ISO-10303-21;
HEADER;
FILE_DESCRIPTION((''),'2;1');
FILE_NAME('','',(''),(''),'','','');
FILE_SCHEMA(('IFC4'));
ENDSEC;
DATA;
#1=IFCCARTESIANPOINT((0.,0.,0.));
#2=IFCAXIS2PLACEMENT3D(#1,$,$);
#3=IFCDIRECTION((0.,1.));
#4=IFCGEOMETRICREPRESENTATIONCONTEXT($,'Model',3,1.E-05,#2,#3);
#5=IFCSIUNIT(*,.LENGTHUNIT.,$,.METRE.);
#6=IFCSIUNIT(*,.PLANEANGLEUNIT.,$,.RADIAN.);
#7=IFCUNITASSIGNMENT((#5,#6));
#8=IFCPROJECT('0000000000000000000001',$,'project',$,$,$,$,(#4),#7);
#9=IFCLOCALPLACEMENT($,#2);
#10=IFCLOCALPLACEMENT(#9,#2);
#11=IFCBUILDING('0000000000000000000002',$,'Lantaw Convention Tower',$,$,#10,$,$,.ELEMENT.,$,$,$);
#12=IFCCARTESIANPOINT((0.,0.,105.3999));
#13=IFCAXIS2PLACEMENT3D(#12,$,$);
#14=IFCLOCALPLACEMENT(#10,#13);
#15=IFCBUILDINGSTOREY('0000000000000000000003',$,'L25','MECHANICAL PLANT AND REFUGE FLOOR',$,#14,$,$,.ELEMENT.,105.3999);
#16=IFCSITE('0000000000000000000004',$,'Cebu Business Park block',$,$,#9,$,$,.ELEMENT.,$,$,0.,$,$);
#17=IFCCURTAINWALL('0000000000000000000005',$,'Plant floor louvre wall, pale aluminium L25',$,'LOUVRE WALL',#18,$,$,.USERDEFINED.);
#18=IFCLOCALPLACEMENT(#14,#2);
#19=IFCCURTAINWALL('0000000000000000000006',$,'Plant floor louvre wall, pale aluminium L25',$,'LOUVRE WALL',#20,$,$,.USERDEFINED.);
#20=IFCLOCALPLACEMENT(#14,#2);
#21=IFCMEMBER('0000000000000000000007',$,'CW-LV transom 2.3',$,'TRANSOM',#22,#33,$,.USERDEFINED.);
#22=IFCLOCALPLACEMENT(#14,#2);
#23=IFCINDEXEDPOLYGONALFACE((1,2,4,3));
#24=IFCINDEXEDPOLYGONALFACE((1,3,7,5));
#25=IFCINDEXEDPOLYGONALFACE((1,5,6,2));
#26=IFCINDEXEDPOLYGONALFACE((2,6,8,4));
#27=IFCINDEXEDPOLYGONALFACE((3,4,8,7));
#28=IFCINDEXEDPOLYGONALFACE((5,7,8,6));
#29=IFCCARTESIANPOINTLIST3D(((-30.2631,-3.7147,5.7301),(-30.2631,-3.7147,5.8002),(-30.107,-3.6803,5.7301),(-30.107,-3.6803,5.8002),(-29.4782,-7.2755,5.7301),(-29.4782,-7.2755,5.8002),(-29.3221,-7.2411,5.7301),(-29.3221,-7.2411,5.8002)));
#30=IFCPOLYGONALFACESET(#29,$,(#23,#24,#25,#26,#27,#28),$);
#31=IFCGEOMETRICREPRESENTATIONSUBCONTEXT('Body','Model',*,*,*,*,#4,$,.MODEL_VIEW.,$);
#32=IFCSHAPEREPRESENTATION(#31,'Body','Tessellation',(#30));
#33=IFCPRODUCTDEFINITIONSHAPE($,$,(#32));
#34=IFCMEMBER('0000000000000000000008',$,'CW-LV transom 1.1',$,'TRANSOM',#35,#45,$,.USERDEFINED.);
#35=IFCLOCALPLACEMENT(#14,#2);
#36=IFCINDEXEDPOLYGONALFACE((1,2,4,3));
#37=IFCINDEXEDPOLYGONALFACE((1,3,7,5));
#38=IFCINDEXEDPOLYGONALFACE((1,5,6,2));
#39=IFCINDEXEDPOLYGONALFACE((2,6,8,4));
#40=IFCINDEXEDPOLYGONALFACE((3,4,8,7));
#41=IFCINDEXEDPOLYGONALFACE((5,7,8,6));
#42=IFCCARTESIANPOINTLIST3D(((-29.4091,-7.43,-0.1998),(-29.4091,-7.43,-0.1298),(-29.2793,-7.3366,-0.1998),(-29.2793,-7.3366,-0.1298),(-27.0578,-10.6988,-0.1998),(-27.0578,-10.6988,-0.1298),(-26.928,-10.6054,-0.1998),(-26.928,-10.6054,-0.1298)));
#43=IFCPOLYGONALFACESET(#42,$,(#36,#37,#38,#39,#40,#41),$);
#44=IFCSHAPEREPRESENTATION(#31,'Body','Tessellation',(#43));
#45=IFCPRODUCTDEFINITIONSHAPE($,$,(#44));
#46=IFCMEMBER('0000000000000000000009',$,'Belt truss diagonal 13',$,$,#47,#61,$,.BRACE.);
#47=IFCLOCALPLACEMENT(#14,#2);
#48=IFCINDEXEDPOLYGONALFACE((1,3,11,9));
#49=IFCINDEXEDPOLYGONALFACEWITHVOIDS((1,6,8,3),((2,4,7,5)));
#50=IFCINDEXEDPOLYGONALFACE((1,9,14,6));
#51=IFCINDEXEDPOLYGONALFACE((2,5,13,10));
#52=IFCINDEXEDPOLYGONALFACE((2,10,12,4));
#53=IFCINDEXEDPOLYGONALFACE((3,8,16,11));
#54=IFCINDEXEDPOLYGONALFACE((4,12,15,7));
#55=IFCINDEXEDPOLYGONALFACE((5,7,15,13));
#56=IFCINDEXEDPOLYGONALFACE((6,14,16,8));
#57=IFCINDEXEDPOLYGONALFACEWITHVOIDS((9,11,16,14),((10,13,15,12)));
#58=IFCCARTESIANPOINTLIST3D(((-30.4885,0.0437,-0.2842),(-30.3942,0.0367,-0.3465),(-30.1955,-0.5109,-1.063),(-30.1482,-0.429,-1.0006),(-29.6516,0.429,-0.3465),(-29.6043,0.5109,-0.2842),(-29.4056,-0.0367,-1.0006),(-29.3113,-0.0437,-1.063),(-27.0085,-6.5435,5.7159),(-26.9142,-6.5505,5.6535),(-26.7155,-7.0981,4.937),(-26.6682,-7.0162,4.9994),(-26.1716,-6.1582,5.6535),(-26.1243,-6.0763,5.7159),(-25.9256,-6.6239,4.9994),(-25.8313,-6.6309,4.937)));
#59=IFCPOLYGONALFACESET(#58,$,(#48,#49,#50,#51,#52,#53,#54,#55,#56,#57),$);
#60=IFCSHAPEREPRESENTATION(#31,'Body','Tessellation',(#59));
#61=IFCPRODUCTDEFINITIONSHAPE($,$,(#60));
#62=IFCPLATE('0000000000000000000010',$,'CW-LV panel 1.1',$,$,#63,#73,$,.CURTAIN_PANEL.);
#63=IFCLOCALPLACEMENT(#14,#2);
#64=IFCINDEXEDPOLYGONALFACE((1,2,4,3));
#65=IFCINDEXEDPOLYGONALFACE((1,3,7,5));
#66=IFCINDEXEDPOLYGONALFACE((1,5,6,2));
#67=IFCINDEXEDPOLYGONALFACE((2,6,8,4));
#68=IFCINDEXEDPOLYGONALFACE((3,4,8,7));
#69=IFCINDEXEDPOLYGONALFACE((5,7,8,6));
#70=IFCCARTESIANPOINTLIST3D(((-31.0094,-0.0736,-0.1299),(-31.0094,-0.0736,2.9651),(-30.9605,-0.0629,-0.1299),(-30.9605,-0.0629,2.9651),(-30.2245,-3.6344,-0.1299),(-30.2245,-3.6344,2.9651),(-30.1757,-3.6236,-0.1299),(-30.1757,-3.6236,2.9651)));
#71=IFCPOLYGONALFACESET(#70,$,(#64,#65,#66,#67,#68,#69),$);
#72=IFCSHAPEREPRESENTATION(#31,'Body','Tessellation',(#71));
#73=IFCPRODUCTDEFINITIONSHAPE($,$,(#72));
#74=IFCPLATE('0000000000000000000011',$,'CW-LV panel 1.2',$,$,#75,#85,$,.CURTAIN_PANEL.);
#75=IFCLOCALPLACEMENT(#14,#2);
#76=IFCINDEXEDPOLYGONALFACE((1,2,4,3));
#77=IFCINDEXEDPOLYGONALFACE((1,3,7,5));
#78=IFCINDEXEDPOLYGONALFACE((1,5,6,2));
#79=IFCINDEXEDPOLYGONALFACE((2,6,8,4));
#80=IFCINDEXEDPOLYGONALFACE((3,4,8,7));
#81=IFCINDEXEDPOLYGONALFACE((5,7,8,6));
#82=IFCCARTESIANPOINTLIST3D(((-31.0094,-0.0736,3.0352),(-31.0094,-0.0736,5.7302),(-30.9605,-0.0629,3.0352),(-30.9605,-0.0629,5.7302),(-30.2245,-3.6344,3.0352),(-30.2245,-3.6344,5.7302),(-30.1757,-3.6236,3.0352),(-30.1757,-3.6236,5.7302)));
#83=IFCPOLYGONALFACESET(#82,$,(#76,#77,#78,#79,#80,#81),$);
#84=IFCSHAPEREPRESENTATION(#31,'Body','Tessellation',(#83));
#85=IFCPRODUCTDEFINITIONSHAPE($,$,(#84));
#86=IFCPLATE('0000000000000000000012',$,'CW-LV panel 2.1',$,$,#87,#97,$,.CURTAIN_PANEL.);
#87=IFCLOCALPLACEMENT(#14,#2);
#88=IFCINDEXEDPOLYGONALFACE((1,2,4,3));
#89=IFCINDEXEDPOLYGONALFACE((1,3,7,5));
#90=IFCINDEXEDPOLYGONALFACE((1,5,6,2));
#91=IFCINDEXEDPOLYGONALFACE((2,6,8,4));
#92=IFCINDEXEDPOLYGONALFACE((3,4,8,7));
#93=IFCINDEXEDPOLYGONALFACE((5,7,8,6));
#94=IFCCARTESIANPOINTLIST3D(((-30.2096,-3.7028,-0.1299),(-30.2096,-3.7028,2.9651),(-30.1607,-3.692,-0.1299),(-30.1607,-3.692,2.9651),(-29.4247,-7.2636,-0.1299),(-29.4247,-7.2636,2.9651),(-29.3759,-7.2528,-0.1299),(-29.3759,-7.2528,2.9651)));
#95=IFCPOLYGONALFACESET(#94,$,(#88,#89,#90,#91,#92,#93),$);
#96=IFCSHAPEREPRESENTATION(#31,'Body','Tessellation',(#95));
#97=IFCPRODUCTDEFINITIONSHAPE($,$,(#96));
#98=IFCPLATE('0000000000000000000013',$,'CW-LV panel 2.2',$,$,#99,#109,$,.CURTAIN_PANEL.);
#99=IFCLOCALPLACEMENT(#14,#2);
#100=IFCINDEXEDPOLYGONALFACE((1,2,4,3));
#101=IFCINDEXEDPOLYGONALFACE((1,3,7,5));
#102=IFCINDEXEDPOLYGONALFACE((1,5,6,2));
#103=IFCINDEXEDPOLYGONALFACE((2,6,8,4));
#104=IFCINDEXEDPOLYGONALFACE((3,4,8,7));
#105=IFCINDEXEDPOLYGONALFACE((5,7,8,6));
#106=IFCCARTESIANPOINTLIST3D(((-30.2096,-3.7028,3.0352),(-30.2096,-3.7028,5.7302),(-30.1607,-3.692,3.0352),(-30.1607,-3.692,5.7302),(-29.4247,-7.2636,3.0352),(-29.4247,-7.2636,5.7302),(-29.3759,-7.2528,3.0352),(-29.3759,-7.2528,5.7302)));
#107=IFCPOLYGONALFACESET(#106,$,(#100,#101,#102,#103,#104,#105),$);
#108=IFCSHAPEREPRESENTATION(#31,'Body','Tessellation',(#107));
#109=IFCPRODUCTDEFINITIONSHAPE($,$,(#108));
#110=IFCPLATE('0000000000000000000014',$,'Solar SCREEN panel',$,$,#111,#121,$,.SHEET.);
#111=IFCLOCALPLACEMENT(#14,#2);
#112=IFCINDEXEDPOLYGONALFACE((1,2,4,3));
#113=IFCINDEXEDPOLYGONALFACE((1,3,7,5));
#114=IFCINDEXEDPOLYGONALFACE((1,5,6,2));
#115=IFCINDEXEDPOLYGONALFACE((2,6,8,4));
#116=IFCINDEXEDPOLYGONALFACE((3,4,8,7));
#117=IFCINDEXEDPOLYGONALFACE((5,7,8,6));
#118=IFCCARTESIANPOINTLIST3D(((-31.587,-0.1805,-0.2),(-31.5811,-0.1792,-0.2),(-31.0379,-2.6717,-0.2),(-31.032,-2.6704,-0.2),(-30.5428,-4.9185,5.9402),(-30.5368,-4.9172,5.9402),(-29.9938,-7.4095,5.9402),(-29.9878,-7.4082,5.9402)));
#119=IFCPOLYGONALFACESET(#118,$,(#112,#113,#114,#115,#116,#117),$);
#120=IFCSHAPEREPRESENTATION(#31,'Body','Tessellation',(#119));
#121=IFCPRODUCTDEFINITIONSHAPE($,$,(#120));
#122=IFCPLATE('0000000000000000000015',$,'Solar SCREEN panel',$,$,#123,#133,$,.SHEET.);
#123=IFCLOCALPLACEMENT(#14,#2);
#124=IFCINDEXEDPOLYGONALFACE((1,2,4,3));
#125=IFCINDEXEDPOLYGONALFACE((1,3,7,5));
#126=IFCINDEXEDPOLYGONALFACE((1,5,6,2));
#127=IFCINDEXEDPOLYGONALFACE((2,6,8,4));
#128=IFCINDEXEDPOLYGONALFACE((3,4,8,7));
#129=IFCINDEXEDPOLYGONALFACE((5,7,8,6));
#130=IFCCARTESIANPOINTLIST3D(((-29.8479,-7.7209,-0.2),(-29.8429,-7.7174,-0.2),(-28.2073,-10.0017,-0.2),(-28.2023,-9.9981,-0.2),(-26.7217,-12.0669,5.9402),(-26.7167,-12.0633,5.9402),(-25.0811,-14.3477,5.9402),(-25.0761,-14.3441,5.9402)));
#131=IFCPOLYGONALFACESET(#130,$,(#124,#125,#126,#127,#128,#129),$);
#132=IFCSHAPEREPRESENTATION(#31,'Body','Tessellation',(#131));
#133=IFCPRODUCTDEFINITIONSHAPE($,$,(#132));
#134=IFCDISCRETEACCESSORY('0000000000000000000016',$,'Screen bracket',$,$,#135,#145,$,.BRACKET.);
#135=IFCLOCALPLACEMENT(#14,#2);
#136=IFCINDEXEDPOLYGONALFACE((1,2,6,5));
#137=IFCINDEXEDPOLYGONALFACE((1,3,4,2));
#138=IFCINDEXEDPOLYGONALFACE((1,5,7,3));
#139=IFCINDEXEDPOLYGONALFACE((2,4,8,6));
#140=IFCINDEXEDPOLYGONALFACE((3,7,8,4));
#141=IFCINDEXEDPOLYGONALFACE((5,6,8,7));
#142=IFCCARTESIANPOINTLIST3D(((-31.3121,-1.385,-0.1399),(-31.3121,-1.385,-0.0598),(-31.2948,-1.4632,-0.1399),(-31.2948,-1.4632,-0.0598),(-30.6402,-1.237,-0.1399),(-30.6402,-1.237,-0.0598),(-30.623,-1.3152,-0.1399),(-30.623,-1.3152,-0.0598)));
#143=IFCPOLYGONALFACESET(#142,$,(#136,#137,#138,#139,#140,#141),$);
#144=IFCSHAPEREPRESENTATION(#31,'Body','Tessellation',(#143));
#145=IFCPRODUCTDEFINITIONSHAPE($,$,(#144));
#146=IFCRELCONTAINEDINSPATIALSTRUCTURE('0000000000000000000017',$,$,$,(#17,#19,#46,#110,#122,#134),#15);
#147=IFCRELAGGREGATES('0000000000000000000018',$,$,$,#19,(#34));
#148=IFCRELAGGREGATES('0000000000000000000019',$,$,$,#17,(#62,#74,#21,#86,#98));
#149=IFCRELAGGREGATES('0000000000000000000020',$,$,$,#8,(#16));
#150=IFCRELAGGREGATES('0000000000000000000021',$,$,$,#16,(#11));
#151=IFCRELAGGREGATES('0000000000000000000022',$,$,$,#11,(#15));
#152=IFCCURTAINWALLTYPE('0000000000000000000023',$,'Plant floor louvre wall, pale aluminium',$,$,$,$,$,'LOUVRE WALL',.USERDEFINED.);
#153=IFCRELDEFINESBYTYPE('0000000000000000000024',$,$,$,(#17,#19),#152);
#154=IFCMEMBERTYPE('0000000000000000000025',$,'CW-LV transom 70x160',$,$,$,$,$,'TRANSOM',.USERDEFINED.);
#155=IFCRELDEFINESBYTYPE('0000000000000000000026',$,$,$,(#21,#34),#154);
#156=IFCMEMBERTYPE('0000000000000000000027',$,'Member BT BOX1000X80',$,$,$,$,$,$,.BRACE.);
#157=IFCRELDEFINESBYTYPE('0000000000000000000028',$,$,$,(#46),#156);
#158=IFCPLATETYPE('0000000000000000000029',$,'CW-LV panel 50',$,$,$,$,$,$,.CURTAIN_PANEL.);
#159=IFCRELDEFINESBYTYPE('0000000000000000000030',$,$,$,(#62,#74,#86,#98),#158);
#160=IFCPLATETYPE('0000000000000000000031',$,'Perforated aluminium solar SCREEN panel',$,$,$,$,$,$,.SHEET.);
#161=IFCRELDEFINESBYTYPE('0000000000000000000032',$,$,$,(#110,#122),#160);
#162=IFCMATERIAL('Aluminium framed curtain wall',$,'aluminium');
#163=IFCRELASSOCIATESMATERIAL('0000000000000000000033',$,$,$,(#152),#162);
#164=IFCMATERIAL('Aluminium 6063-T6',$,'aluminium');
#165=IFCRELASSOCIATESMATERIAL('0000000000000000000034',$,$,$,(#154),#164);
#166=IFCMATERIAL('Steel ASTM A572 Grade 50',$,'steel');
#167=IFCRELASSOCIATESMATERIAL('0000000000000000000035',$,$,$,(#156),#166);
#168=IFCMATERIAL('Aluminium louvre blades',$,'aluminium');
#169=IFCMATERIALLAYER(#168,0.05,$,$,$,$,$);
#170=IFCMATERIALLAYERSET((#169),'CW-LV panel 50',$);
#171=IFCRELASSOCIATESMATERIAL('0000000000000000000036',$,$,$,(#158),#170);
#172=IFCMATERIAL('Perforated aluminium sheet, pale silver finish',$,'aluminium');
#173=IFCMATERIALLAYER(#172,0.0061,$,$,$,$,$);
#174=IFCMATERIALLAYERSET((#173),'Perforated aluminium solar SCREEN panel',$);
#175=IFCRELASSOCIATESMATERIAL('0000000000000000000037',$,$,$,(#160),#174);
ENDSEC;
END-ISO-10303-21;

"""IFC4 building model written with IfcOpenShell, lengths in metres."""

from ifc_helpers import new_model, si_unit, direction, frame, origin, origin_2d, place, context, subcontext, project, spatial, polyline, rectangle, hollow_rectangle, outline, extrude, material, layer, layer_set, material_profile, profile_set, type_object, element, aggregate, save


model = new_model("IFC4")

# Units and contexts
model_context = context("Model", 3, precision=1e-05, world=origin(), true_north=direction((0.0, 1.0)))
body_context = subcontext(model_context, "Body", "Model", "MODEL_VIEW")
ifc_project = project(units=[si_unit("LENGTHUNIT", "METRE"), si_unit("PLANEANGLEUNIT", "RADIAN")], contexts=[model_context])

# Site, building, storey
site_placement = place(None, origin())
site = spatial("IfcSite", under=ifc_project, at=site_placement, Name="Cebu Business Park block", CompositionType="ELEMENT", RefElevation=0.0)
building_placement = place(site_placement, origin())
building = spatial("IfcBuilding", under=site, at=building_placement, Name="Lantaw Convention Tower", CompositionType="ELEMENT")
storey_placement = place(building_placement, frame((0.0, 0.0, 105.3999)))
storey = spatial("IfcBuildingStorey", under=building, at=storey_placement, Name="L25", Description="MECHANICAL PLANT AND REFUGE FLOOR", CompositionType="ELEMENT", Elevation=105.3999)

# Curtain wall
ifc_material_1 = material(Name="Aluminium framed curtain wall", Category="aluminium")
curtain_wall_type = type_object("IfcCurtainWallType", Name="Plant floor louvre wall, pale aluminium", ElementType="LOUVRE WALL", PredefinedType="USERDEFINED", material=ifc_material_1)
curtain_wall_1_placement = place(storey_placement, origin())
curtain_wall_1 = element("IfcCurtainWall", 1, at=curtain_wall_1_placement, inside=storey, type_object=curtain_wall_type, Name="Plant floor louvre wall, pale aluminium L25", ObjectType="LOUVRE WALL", PredefinedType="USERDEFINED")
ifc_material_2 = material(Name="Aluminium 6063-T6", Category="aluminium")

# Curtain wall
curtain_wall_2_placement = place(storey_placement, origin())
curtain_wall_2 = element("IfcCurtainWall", 2, at=curtain_wall_2_placement, inside=storey, type_object=curtain_wall_type, Name="Plant floor louvre wall, pale aluminium L25", ObjectType="LOUVRE WALL", PredefinedType="USERDEFINED")

# Members
ifc_material_profile_1 = material_profile(ifc_material_2, rectangle(XDim=0.1599, YDim=0.0701, at=origin_2d()), Name="CW-LV transom 70x160")
ifc_profile_set_1 = profile_set([ifc_material_profile_1], Name="Aluminium 6063-T6")
member_type_1 = type_object("IfcMemberType", Name="CW-LV transom 70x160", ElementType="TRANSOM", PredefinedType="USERDEFINED", material=ifc_profile_set_1)
member_1_placement = place(storey_placement, frame((-30.1851, -3.6975, 5.7651), z_axis=(0.215264, -0.976556, 0.0), x_axis=(0.976556, 0.215264, 0.0)))
member_1 = element("IfcMember", 3, at=member_1_placement, type_object=member_type_1, Name="CW-LV transom 2.3", ObjectType="TRANSOM", PredefinedType="USERDEFINED", context=body_context, shape_type="SweptSolid", body=[
    extrude(rectangle(XDim=0.1599, YDim=0.0701, at=origin_2d()), origin(), (0.0, 0.0, 1.0), 3.6462),
])
member_2_placement = place(storey_placement, frame((-29.3442, -7.3833, -0.1648), z_axis=(0.583942, -0.811795, 0.0), x_axis=(0.811795, 0.583942, 0.0)))
member_2 = element("IfcMember", 4, at=member_2_placement, type_object=member_type_1, Name="CW-LV transom 1.1", ObjectType="TRANSOM", PredefinedType="USERDEFINED", context=body_context, shape_type="SweptSolid", body=[
    extrude(rectangle(XDim=0.1599, YDim=0.0701, at=origin_2d()), origin(), (0.0, 0.0, 1.0), 4.0266),
])
aggregate(curtain_wall_2, [member_2])
ifc_material_3 = material(Name="Steel ASTM A572 Grade 50", Category="steel")
ifc_material_profile_2 = material_profile(ifc_material_3, hollow_rectangle(XDim=1.0, YDim=1.0, WallThickness=0.0801, at=origin_2d()), Name="BOX1000X80")
ifc_profile_set_2 = profile_set([ifc_material_profile_2], Name="Steel ASTM A572 Grade 50")
member_type_2 = type_object("IfcMemberType", Name="Member BT BOX1000X80", PredefinedType="BRACE", material=ifc_profile_set_2)
member_3_placement = place(storey_placement, frame((-29.8999, 0.0, -0.6736), z_axis=(0.363801, -0.688629, 0.627247), x_axis=(0.884195, 0.467118, 0.0)))
element("IfcMember", 5, at=member_3_placement, inside=storey, type_object=member_type_2, Name="Belt truss diagonal 13", PredefinedType="BRACE", context=body_context, shape_type="SweptSolid", body=[
    extrude(hollow_rectangle(XDim=1.0, YDim=1.0, WallThickness=0.0801, at=origin_2d()), origin(), (0.0, 0.0, 1.0), 9.5657),
])

# Plates
ifc_material_4 = material(Name="Aluminium louvre blades", Category="aluminium")
ifc_layer_1 = layer(ifc_material_4, 0.05)
ifc_layer_set_1 = layer_set([ifc_layer_1], Name="CW-LV panel 50")
plate_type_1 = type_object("IfcPlateType", Name="CW-LV panel 50", PredefinedType="CURTAIN_PANEL", material=ifc_layer_set_1)
plate_1_placement = place(storey_placement, frame((-30.5925, -1.8486, -0.1299), z_axis=(0.0, 0.0, 1.0), x_axis=(0.215246, -0.97656, 0.0)))
plate_1 = element("IfcPlate", 6, at=plate_1_placement, type_object=plate_type_1, Name="CW-LV panel 1.1", PredefinedType="CURTAIN_PANEL", context=body_context, shape_type="SweptSolid", body=[
    extrude(rectangle(XDim=3.6462, YDim=0.05, at=origin_2d()), origin(), (0.0, 0.0, 1.0), 3.095),
])
plate_2_placement = place(storey_placement, frame((-30.5925, -1.8486, 3.0352), z_axis=(0.0, 0.0, 1.0), x_axis=(0.215246, -0.97656, 0.0)))
plate_2 = element("IfcPlate", 7, at=plate_2_placement, type_object=plate_type_1, Name="CW-LV panel 1.2", PredefinedType="CURTAIN_PANEL", context=body_context, shape_type="SweptSolid", body=[
    extrude(rectangle(XDim=3.6462, YDim=0.05, at=origin_2d()), origin(), (0.0, 0.0, 1.0), 2.6951),
])
plate_3_placement = place(storey_placement, frame((-29.7927, -5.4778, -0.1299), z_axis=(0.0, 0.0, 1.0), x_axis=(0.215246, -0.97656, 0.0)))
plate_3 = element("IfcPlate", 8, at=plate_3_placement, type_object=plate_type_1, Name="CW-LV panel 2.1", PredefinedType="CURTAIN_PANEL", context=body_context, shape_type="SweptSolid", body=[
    extrude(rectangle(XDim=3.6462, YDim=0.05, at=origin_2d()), origin(), (0.0, 0.0, 1.0), 3.095),
])
plate_4_placement = place(storey_placement, frame((-29.7927, -5.4778, 3.0352), z_axis=(0.0, 0.0, 1.0), x_axis=(0.215246, -0.97656, 0.0)))
plate_4 = element("IfcPlate", 9, at=plate_4_placement, type_object=plate_type_1, Name="CW-LV panel 2.2", PredefinedType="CURTAIN_PANEL", context=body_context, shape_type="SweptSolid", body=[
    extrude(rectangle(XDim=3.6462, YDim=0.05, at=origin_2d()), origin(), (0.0, 0.0, 1.0), 2.6951),
])
aggregate(curtain_wall_1, [plate_1, plate_2, member_1, plate_3, plate_4])

# Plates
ifc_material_5 = material(Name="Perforated aluminium sheet, pale silver finish", Category="aluminium")
ifc_layer_2 = layer(ifc_material_5, 0.0061)
ifc_layer_set_2 = layer_set([ifc_layer_2], Name="Perforated aluminium solar SCREEN panel")
plate_type_2 = type_object("IfcPlateType", Name="Perforated aluminium solar SCREEN panel", PredefinedType="SHEET", material=ifc_layer_set_2)
plate_5_placement = place(storey_placement, frame((-31.5811, -0.1792, -0.2), z_axis=(0.976559, 0.215248, 0.000018), x_axis=(0.215248, -0.976559, 0.0)))
element("IfcPlate", 10, at=plate_5_placement, inside=storey, type_object=plate_type_2, Name="Solar SCREEN panel", PredefinedType="SHEET", context=body_context, shape_type="SweptSolid", body=[
    extrude(outline(polyline([(0.0, 0.0), (2.551, 0.0), (7.4025, -6.1401), (4.8517, -6.1401), (0.0, 0.0)])), origin(), (0.0, 0.0, -1.0), 0.0061),
])
plate_6_placement = place(storey_placement, frame((-29.8479, -7.7209, -0.2), z_axis=(-0.811791, -0.583948, 0.000005), x_axis=(0.583948, -0.811791, 0.0)))
element("IfcPlate", 11, at=plate_6_placement, inside=storey, type_object=plate_type_2, Name="Solar SCREEN panel", PredefinedType="SHEET", context=body_context, shape_type="SweptSolid", body=[
    extrude(outline(polyline([(0.0, 0.0), (2.8095, 0.0), (8.1631, 6.1401), (5.3536, 6.1401), (0.0, 0.0)])), origin(), (0.0, 0.0, -1.0), 0.0061),
])

# Discrete accessory
discrete_accessory_placement = place(storey_placement, frame((-30.9675, -1.3501, -0.1399), z_axis=(0.0, 0.0, 1.0), x_axis=(0.215246, -0.97656, 0.0)))
element("IfcDiscreteAccessory", 12, at=discrete_accessory_placement, inside=storey, Name="Screen bracket", PredefinedType="BRACKET", context=body_context, shape_type="SweptSolid", body=[
    extrude(rectangle(XDim=0.0801, YDim=0.688, at=origin_2d()), origin(), (0.0, 0.0, 1.0), 0.0801),
])

save(model, "model.ifc")
